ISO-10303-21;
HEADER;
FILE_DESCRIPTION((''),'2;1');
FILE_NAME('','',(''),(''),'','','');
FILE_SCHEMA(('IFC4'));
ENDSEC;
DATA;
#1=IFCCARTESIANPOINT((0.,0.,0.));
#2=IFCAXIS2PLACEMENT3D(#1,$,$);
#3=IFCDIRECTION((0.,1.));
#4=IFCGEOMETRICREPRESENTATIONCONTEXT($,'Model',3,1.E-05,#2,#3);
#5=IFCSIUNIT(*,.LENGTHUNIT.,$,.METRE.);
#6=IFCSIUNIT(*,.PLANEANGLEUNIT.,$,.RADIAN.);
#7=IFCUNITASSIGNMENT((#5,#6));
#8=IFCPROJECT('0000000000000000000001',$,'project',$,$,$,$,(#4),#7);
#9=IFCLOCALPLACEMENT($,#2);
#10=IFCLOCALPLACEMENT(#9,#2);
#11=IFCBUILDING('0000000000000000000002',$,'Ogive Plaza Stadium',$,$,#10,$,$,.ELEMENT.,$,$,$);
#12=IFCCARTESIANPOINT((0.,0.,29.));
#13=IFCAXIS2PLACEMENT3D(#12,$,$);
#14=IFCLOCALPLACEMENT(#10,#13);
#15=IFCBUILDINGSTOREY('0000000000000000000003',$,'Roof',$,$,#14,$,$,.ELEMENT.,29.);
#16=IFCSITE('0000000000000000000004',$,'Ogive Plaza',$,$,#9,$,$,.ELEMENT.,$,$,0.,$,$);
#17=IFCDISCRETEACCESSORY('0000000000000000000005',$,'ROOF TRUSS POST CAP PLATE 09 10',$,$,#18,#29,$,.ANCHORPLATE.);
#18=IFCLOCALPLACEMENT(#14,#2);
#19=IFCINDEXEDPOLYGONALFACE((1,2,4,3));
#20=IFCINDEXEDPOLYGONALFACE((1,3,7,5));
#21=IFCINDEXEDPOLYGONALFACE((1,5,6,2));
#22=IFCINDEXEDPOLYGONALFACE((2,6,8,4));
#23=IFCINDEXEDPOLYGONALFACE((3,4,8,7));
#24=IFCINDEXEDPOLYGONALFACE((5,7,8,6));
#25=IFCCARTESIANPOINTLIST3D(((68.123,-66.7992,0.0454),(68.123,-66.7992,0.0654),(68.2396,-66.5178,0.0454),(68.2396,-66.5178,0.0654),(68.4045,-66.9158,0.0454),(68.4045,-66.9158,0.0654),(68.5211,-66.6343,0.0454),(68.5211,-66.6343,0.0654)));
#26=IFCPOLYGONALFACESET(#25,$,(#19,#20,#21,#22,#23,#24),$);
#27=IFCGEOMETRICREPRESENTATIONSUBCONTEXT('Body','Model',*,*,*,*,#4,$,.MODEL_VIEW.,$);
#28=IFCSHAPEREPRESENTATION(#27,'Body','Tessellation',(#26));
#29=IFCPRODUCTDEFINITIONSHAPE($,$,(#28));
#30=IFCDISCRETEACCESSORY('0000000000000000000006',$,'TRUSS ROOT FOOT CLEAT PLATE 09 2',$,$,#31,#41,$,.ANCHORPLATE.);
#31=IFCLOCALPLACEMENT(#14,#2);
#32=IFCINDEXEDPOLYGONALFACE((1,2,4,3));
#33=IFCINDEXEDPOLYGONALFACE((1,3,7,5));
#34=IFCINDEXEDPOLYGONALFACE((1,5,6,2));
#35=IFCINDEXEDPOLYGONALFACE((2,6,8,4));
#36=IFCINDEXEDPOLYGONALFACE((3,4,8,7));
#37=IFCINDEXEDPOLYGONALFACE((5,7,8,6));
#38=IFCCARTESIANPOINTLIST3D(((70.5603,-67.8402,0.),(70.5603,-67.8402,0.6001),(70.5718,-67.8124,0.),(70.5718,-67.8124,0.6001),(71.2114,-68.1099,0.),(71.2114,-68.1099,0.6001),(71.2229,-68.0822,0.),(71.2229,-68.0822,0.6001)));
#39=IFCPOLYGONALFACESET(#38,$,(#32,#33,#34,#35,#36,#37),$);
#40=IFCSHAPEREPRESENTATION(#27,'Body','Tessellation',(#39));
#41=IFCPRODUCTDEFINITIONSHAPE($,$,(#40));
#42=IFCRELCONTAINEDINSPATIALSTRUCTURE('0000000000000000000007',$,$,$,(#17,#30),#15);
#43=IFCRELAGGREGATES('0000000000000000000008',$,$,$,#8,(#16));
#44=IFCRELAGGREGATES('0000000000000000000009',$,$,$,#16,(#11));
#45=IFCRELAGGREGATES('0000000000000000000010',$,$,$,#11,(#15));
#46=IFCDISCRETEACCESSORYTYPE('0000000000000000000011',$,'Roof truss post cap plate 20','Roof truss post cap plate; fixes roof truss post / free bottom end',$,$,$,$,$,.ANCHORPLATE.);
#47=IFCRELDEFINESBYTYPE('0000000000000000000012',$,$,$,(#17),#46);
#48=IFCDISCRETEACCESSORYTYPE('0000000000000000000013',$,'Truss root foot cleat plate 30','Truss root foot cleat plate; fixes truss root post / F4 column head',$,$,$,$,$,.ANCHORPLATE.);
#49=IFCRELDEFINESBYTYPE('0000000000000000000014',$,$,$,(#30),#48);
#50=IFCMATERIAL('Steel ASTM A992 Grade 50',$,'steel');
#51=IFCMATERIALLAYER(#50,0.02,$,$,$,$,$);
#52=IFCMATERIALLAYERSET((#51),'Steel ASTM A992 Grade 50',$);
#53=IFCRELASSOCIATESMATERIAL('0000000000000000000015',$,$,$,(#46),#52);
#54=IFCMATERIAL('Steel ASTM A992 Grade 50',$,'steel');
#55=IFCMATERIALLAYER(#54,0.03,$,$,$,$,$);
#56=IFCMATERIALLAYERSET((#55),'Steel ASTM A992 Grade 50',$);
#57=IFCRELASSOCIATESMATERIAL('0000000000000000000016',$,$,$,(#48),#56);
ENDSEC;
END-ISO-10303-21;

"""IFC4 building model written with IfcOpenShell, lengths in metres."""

from ifc_helpers import new_model, si_unit, direction, frame, origin, origin_2d, place, context, subcontext, project, spatial, rectangle, extrude, material, layer, layer_set, type_object, element, save


model = new_model("IFC4")

# Units and contexts
model_context = context("Model", 3, precision=1e-05, world=origin(), true_north=direction((0.0, 1.0)))
body_context = subcontext(model_context, "Body", "Model", "MODEL_VIEW")
ifc_project = project(units=[si_unit("LENGTHUNIT", "METRE"), si_unit("PLANEANGLEUNIT", "RADIAN")], contexts=[model_context])

# Site, building, storey
site_placement = place(None, origin())
site = spatial("IfcSite", under=ifc_project, at=site_placement, Name="Ogive Plaza", CompositionType="ELEMENT", RefElevation=0.0)
building_placement = place(site_placement, origin())
building = spatial("IfcBuilding", under=site, at=building_placement, Name="Ogive Plaza Stadium", CompositionType="ELEMENT")
storey_placement = place(building_placement, frame((0.0, 0.0, 29.0)))
storey = spatial("IfcBuildingStorey", under=building, at=storey_placement, Name="Roof", CompositionType="ELEMENT", Elevation=29.0)

# Discrete accessories
ifc_material_1 = material(Name="Steel ASTM A992 Grade 50", Category="steel")
ifc_layer_1 = layer(ifc_material_1, 0.02)
ifc_layer_set_1 = layer_set([ifc_layer_1], Name="Steel ASTM A992 Grade 50")
discrete_accessory_type_1 = type_object("IfcDiscreteAccessoryType", Name="Roof truss post cap plate 20", Description="Roof truss post cap plate; fixes roof truss post / free bottom end", PredefinedType="ANCHORPLATE", material=ifc_layer_set_1)
discrete_accessory_1_placement = place(storey_placement, frame((68.322, -66.7168, 0.0454), z_axis=(0.0, 0.0, 1.0), x_axis=(0.92388, -0.382683, 0.0)))
element("IfcDiscreteAccessory", 1, at=discrete_accessory_1_placement, inside=storey, type_object=discrete_accessory_type_1, Name="ROOF TRUSS POST CAP PLATE 09 10", PredefinedType="ANCHORPLATE", context=body_context, shape_type="SweptSolid", body=[
    extrude(rectangle(XDim=0.3047, YDim=0.3047, at=origin_2d()), origin(), (0.0, 0.0, 1.0), 0.02),
])
ifc_material_2 = material(Name="Steel ASTM A992 Grade 50", Category="steel")
ifc_layer_2 = layer(ifc_material_2, 0.03)
ifc_layer_set_2 = layer_set([ifc_layer_2], Name="Steel ASTM A992 Grade 50")
discrete_accessory_type_2 = type_object("IfcDiscreteAccessoryType", Name="Truss root foot cleat plate 30", Description="Truss root foot cleat plate; fixes truss root post / F4 column head", PredefinedType="ANCHORPLATE", material=ifc_layer_set_2)
discrete_accessory_2_placement = place(storey_placement, frame((70.8916, -67.9612, 0.0), z_axis=(0.0, 0.0, 1.0), x_axis=(0.92388, -0.382683, 0.0)))
element("IfcDiscreteAccessory", 2, at=discrete_accessory_2_placement, inside=storey, type_object=discrete_accessory_type_2, Name="TRUSS ROOT FOOT CLEAT PLATE 09 2", PredefinedType="ANCHORPLATE", context=body_context, shape_type="SweptSolid", body=[
    extrude(rectangle(XDim=0.7048, YDim=0.03, at=origin_2d()), origin(), (0.0, 0.0, 1.0), 0.6001),
])

save(model, "model.ifc")
